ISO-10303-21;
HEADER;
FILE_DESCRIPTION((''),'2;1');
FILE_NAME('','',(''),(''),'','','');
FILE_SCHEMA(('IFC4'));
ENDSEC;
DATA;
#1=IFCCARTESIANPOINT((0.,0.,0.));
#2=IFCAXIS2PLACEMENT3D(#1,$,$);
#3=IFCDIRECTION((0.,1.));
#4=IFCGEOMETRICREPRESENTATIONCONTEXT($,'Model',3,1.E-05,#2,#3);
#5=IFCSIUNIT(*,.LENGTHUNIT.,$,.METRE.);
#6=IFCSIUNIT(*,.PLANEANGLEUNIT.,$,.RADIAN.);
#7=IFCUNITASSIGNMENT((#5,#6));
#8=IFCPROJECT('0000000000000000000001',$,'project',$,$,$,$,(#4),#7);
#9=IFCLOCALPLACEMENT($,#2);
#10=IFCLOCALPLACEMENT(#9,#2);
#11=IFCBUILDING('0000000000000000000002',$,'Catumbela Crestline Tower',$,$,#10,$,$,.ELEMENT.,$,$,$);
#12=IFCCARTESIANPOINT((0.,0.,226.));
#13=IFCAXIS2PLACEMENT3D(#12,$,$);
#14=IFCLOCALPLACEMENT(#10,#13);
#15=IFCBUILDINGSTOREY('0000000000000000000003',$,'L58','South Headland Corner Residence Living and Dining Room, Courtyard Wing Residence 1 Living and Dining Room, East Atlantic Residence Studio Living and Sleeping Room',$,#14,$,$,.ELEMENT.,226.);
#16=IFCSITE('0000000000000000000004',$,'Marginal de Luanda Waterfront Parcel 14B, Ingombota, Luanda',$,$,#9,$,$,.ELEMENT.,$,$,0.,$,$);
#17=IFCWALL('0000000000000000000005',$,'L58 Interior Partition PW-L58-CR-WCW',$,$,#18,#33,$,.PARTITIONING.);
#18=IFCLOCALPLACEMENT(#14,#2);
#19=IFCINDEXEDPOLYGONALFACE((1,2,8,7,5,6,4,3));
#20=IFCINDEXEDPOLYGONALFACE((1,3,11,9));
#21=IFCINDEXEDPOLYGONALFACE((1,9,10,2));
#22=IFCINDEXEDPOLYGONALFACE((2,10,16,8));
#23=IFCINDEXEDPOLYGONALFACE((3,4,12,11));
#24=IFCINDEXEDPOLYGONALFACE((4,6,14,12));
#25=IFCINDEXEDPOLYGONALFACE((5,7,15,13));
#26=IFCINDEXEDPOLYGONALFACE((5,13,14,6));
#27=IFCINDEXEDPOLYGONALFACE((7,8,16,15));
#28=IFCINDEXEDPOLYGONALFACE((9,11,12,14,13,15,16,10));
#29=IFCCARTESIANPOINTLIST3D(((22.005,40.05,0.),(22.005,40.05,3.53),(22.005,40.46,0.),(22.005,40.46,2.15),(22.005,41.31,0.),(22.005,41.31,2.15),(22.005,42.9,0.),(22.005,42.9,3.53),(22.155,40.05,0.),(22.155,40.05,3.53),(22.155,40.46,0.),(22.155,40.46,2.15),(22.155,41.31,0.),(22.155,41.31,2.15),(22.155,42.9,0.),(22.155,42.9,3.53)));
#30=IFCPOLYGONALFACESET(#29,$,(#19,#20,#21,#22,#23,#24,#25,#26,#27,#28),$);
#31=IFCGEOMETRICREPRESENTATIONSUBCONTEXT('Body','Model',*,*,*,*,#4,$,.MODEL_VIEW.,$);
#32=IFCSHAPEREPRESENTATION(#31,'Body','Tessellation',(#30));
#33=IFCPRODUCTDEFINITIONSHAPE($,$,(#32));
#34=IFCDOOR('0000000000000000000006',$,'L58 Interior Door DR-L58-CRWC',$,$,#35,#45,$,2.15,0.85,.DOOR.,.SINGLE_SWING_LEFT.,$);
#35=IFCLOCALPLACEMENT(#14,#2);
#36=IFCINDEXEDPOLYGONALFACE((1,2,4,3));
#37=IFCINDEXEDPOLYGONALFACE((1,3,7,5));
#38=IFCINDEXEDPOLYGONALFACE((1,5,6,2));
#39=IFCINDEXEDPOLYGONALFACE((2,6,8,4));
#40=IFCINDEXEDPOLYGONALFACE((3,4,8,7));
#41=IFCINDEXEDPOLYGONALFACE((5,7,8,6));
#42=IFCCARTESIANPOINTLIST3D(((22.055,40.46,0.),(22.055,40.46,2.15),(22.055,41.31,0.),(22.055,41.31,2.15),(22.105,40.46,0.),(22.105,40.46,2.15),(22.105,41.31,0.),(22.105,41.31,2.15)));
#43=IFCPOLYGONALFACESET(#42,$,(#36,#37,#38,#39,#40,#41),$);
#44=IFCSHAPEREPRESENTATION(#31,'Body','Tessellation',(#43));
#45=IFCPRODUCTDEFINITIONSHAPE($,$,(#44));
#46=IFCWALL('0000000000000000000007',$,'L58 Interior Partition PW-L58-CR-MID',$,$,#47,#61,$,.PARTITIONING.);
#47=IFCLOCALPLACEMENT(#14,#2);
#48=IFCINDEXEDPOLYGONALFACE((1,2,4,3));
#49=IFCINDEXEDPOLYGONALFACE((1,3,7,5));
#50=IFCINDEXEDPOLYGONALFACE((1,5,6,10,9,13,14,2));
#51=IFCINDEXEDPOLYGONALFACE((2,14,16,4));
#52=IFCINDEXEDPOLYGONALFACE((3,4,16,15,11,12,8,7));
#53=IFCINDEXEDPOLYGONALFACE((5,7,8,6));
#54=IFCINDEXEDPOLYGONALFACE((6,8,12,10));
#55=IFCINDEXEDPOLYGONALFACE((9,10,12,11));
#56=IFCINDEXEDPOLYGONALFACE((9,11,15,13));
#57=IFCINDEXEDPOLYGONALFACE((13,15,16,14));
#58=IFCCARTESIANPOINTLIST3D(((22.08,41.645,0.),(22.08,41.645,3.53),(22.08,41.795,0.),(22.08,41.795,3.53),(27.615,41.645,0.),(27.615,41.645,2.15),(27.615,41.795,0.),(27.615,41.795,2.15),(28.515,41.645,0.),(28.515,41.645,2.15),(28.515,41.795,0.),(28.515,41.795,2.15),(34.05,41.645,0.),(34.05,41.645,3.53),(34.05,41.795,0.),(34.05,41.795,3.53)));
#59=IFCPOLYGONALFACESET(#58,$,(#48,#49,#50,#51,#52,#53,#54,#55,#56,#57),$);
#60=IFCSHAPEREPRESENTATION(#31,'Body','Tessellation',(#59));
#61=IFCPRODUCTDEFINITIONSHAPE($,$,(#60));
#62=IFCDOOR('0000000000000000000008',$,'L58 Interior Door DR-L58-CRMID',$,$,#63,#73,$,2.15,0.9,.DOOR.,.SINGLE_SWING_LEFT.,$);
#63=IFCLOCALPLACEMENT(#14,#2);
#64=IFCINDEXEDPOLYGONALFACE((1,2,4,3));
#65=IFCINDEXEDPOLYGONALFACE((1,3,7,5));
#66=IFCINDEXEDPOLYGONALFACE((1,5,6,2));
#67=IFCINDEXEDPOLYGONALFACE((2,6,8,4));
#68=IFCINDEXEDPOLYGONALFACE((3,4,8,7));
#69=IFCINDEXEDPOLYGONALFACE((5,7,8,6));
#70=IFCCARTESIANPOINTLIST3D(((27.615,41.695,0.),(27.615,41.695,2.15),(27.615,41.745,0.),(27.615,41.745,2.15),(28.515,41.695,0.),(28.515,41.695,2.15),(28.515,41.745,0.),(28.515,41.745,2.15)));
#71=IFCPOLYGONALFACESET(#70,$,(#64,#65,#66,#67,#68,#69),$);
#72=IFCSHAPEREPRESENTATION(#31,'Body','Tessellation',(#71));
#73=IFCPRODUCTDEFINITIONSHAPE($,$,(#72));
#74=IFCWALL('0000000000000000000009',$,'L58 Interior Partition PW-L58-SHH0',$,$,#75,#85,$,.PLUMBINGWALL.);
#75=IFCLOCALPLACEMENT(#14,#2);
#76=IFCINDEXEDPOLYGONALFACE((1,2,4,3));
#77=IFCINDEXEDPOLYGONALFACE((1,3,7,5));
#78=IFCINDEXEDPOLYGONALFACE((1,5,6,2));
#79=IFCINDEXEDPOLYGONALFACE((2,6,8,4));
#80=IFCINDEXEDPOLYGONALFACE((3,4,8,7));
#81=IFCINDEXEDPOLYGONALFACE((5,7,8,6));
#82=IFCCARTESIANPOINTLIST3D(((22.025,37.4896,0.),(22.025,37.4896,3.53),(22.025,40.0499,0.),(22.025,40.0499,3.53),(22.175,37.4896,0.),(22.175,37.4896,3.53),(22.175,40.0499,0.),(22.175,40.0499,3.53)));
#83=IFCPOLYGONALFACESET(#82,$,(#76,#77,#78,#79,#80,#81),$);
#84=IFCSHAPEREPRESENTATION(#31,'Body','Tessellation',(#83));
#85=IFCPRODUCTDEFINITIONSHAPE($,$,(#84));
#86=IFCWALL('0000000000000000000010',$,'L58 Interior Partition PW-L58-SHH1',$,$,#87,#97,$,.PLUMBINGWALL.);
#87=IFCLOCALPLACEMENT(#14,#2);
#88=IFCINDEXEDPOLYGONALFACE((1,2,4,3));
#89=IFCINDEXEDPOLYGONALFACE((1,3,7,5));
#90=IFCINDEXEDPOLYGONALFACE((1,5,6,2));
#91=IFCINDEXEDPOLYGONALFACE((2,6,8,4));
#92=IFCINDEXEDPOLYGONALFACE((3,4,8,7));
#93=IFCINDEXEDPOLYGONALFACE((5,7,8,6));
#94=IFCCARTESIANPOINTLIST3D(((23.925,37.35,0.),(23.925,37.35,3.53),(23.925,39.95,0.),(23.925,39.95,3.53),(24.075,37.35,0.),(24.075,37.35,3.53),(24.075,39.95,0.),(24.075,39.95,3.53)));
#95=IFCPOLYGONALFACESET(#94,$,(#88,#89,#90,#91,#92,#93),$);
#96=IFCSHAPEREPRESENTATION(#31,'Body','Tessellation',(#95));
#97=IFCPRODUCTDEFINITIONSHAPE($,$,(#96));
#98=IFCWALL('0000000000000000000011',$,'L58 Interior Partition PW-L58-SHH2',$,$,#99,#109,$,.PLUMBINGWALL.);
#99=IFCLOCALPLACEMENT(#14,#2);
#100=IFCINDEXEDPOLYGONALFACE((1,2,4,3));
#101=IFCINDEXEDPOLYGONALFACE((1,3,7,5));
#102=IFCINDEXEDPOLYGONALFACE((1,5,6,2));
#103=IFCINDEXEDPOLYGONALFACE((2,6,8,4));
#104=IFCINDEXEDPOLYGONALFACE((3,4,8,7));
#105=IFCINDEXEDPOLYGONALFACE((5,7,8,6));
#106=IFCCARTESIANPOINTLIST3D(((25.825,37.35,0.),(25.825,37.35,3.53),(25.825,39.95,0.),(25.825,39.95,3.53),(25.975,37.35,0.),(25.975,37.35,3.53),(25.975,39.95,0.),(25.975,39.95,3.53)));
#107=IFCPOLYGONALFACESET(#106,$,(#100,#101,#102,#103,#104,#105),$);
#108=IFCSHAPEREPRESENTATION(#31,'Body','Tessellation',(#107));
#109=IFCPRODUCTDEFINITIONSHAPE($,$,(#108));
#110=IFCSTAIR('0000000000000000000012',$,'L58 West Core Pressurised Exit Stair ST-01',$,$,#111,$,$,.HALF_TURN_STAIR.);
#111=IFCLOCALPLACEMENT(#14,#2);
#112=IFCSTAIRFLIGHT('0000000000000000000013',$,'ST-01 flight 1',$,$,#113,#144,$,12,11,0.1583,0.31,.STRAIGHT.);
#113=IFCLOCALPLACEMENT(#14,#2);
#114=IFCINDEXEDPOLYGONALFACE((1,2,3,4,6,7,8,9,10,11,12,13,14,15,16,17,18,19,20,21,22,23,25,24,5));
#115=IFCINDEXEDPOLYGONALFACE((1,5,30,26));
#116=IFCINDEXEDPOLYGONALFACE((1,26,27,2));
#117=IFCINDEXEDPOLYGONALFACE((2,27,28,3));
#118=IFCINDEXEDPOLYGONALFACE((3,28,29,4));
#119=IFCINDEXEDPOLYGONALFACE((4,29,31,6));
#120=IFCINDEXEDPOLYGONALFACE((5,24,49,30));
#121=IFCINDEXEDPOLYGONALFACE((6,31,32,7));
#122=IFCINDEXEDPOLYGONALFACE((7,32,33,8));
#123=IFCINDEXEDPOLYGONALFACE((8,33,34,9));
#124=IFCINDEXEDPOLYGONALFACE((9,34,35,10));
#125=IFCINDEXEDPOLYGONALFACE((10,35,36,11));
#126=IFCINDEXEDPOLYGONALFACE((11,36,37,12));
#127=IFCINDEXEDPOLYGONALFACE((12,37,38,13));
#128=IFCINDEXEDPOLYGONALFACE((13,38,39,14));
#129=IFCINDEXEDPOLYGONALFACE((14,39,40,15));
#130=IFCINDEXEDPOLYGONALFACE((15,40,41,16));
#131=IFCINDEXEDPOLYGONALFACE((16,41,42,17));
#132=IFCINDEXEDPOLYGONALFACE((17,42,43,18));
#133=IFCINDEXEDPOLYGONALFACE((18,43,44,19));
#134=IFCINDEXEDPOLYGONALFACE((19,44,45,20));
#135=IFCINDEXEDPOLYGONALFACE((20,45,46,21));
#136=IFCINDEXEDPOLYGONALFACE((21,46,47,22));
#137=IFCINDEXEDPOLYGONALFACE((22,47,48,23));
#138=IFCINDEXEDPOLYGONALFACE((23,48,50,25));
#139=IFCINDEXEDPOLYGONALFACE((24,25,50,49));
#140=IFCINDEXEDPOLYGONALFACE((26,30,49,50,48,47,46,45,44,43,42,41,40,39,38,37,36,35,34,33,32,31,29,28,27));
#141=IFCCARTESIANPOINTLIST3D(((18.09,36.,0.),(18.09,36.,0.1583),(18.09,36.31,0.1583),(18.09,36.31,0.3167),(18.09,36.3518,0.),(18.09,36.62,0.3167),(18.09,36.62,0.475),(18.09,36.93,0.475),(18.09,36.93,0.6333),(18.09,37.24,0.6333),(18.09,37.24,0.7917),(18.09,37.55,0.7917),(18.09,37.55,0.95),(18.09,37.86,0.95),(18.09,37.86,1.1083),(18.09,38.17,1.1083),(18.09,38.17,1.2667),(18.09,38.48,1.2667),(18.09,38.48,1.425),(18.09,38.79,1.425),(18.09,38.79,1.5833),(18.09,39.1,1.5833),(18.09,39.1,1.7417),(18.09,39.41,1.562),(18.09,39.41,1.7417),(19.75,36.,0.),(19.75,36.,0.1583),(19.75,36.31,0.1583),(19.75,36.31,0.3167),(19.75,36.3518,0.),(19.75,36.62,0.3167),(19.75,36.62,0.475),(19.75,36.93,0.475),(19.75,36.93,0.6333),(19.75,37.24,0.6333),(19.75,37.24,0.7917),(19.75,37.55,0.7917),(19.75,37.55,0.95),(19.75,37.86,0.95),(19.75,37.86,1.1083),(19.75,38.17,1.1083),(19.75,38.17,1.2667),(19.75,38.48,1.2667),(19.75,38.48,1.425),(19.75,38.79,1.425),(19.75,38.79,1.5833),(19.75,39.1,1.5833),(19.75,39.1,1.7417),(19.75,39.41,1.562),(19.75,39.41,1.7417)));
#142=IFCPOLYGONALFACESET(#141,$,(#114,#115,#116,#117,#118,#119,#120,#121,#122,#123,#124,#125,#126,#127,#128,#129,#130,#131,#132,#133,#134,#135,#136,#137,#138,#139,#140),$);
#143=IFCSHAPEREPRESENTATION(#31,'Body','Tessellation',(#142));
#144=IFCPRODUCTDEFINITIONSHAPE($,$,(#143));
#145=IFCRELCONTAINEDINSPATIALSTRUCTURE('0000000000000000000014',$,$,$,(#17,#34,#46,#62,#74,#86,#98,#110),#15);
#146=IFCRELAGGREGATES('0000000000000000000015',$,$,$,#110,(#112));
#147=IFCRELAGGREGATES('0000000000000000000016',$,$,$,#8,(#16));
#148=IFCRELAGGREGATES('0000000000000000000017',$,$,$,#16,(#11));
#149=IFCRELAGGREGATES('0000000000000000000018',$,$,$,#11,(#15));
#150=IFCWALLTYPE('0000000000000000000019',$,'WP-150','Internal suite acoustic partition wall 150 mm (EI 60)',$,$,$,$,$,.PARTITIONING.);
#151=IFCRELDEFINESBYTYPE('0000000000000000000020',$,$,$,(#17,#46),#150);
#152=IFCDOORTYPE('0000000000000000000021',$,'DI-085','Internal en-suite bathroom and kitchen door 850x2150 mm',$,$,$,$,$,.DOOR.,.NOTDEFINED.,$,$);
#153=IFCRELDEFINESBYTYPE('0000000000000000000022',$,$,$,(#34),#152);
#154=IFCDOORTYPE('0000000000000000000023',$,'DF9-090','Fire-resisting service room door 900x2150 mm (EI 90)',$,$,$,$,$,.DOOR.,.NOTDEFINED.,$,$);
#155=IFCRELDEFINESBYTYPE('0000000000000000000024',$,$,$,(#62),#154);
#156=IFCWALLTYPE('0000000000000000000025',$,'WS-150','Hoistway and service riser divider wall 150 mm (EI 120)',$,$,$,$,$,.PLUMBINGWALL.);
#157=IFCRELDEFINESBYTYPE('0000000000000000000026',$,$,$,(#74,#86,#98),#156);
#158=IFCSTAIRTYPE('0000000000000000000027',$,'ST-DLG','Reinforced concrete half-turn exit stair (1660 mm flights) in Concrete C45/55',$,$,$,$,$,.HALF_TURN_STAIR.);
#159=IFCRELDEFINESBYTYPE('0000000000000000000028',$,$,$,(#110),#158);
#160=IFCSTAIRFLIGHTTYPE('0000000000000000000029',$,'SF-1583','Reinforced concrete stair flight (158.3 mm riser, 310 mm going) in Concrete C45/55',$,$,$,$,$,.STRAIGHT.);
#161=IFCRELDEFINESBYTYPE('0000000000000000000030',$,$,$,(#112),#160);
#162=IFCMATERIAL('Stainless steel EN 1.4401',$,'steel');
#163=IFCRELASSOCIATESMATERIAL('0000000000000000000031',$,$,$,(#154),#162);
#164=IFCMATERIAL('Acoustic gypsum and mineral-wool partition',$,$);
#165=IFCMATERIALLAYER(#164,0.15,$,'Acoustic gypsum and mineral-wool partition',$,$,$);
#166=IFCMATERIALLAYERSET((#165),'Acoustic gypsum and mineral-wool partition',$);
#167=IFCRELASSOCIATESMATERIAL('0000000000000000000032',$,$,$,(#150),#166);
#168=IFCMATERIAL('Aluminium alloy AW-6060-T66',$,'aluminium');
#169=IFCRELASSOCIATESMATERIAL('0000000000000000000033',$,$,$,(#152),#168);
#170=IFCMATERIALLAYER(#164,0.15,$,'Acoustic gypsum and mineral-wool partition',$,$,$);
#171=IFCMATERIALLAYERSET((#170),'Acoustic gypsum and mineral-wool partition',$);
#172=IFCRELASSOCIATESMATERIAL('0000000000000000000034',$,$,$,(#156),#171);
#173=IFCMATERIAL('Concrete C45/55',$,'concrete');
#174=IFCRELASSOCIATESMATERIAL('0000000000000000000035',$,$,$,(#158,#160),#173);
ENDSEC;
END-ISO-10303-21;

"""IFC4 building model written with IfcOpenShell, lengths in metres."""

from ifc_helpers import new_model, si_unit, direction, frame, frame_2d, origin, place, context, subcontext, project, spatial, polyline, rectangle, outline, extrude, material, layer, layer_set, type_object, element, fill, aggregate, save


model = new_model("IFC4")

# Units and contexts
model_context = context("Model", 3, precision=1e-05, world=origin(), true_north=direction((0.0, 1.0)))
body_context = subcontext(model_context, "Body", "Model", "MODEL_VIEW")
ifc_project = project(units=[si_unit("LENGTHUNIT", "METRE"), si_unit("PLANEANGLEUNIT", "RADIAN")], contexts=[model_context])

# Site, building, storey
site_placement = place(None, origin())
site = spatial("IfcSite", under=ifc_project, at=site_placement, Name="Marginal de Luanda Waterfront Parcel 14B, Ingombota, Luanda", CompositionType="ELEMENT", RefElevation=0.0)
building_placement = place(site_placement, origin())
building = spatial("IfcBuilding", under=site, at=building_placement, Name="Catumbela Crestline Tower", CompositionType="ELEMENT")
storey_placement = place(building_placement, frame((0.0, 0.0, 226.0)))
storey = spatial("IfcBuildingStorey", under=building, at=storey_placement, Name="L58", Description="South Headland Corner Residence Living and Dining Room, Courtyard Wing Residence 1 Living and Dining Room, East Atlantic Residence Studio Living and Sleeping Room", CompositionType="ELEMENT", Elevation=226.0)

# Shared definitions
ifc_material_1 = material(Name="Stainless steel EN 1.4401", Category="steel")

# Shared definitions
door_type_1 = type_object("IfcDoorType", Name="DF9-090", Description="Fire-resisting service room door 900x2150 mm (EI 90)", OperationType="NOTDEFINED", PredefinedType="DOOR", material=ifc_material_1)

# Walls, openings, doors
ifc_material_2 = material(Name="Acoustic gypsum and mineral-wool partition")
ifc_layer_1 = layer(ifc_material_2, 0.15, Name="Acoustic gypsum and mineral-wool partition")
ifc_layer_set_1 = layer_set([ifc_layer_1], Name="Acoustic gypsum and mineral-wool partition")
wall_type_1 = type_object("IfcWallType", Name="WP-150", Description="Internal suite acoustic partition wall 150 mm (EI 60)", PredefinedType="PARTITIONING", material=ifc_layer_set_1)
wall_1_placement = place(storey_placement, frame((22.08, 40.05, 0.0), z_axis=(0.0, 0.0, 1.0), x_axis=(0.0, 1.0, 0.0)))
wall_1 = element("IfcWall", 1, at=wall_1_placement, inside=storey, type_object=wall_type_1, Name="L58 Interior Partition PW-L58-CR-WCW", PredefinedType="PARTITIONING", context=body_context, shape_type="SweptSolid", body=[
    extrude(rectangle(XDim=2.85, YDim=0.15, at=frame_2d((1.425, 0.0))), origin(), (0.0, 0.0, 1.0), 3.53),
])
opening_1_placement = place(wall_1_placement, frame((0.41, 0.0, 0.0)))
opening_1 = element("IfcOpeningElement", 2, at=opening_1_placement, cuts=wall_1, PredefinedType="OPENING", context=body_context, shape_type="SweptSolid", body=[
    extrude(rectangle(XDim=0.85, YDim=2.15, at=frame_2d((0.425, 1.075))), frame((0.0, 0.085, 0.0), z_axis=(0.0, -1.0, 0.0), x_axis=(1.0, 0.0, 0.0)), (0.0, 0.0, 1.0), 0.17),
])
ifc_material_3 = material(Name="Aluminium alloy AW-6060-T66", Category="aluminium")
door_type_2 = type_object("IfcDoorType", Name="DI-085", Description="Internal en-suite bathroom and kitchen door 850x2150 mm", OperationType="NOTDEFINED", PredefinedType="DOOR", material=ifc_material_3)
door_1_placement = place(opening_1_placement, origin())
door_1 = element("IfcDoor", 3, at=door_1_placement, inside=storey, type_object=door_type_2, Name="L58 Interior Door DR-L58-CRWC", OperationType="SINGLE_SWING_LEFT", OverallHeight=2.15, OverallWidth=0.85, PredefinedType="DOOR", context=body_context, shape_type="SweptSolid", body=[
    extrude(rectangle(XDim=0.85, YDim=2.15, at=frame_2d((0.425, 1.075))), frame((0.0, 0.025, 0.0), z_axis=(0.0, -1.0, 0.0), x_axis=(1.0, 0.0, 0.0)), (0.0, 0.0, 1.0), 0.05),
])
fill(opening_1, door_1)
wall_2_placement = place(storey_placement, frame((22.08, 41.72, 0.0), z_axis=(0.0, 0.0, 1.0), x_axis=(1.0, 0.0, 0.0)))
wall_2 = element("IfcWall", 4, at=wall_2_placement, inside=storey, type_object=wall_type_1, Name="L58 Interior Partition PW-L58-CR-MID", PredefinedType="PARTITIONING", context=body_context, shape_type="SweptSolid", body=[
    extrude(rectangle(XDim=11.97, YDim=0.15, at=frame_2d((5.985, 0.0))), origin(), (0.0, 0.0, 1.0), 3.53),
])
opening_2_placement = place(wall_2_placement, frame((5.535, 0.0, 0.0)))
opening_2 = element("IfcOpeningElement", 5, at=opening_2_placement, cuts=wall_2, PredefinedType="OPENING", context=body_context, shape_type="SweptSolid", body=[
    extrude(rectangle(XDim=0.9, YDim=2.15, at=frame_2d((0.45, 1.075))), frame((0.0, 0.085, 0.0), z_axis=(0.0, -1.0, 0.0), x_axis=(1.0, 0.0, 0.0)), (0.0, 0.0, 1.0), 0.17),
])
door_2_placement = place(opening_2_placement, origin())
door_2 = element("IfcDoor", 6, at=door_2_placement, inside=storey, type_object=door_type_1, Name="L58 Interior Door DR-L58-CRMID", OperationType="SINGLE_SWING_LEFT", OverallHeight=2.15, OverallWidth=0.9, PredefinedType="DOOR", context=body_context, shape_type="SweptSolid", body=[
    extrude(rectangle(XDim=0.9, YDim=2.15, at=frame_2d((0.45, 1.075))), frame((0.0, 0.025, 0.0), z_axis=(0.0, -1.0, 0.0), x_axis=(1.0, 0.0, 0.0)), (0.0, 0.0, 1.0), 0.05),
])
fill(opening_2, door_2)

# Walls
ifc_layer_2 = layer(ifc_material_2, 0.15, Name="Acoustic gypsum and mineral-wool partition")
ifc_layer_set_2 = layer_set([ifc_layer_2], Name="Acoustic gypsum and mineral-wool partition")
wall_type_2 = type_object("IfcWallType", Name="WS-150", Description="Hoistway and service riser divider wall 150 mm (EI 120)", PredefinedType="PLUMBINGWALL", material=ifc_layer_set_2)
wall_3_placement = place(storey_placement, frame((22.1, 37.4897, 0.0), z_axis=(0.0, 0.0, 1.0), x_axis=(0.0, 1.0, 0.0)))
element("IfcWall", 7, at=wall_3_placement, inside=storey, type_object=wall_type_2, Name="L58 Interior Partition PW-L58-SHH0", PredefinedType="PLUMBINGWALL", context=body_context, shape_type="SweptSolid", body=[
    extrude(rectangle(XDim=2.5603, YDim=0.15, at=frame_2d((1.2801, 0.0))), origin(), (0.0, 0.0, 1.0), 3.53),
])
for number, where, z_axis, x_axis, name in (
    (8, (24.0, 37.35, 0.0), (0.0, 0.0, 1.0), (0.0, 1.0, 0.0), "L58 Interior Partition PW-L58-SHH1"),
    (9, (25.9, 37.35, 0.0), (0.0, 0.0, 1.0), (0.0, 1.0, 0.0), "L58 Interior Partition PW-L58-SHH2"),
):
    element("IfcWall", number, at=place(storey_placement, frame(where, z_axis=z_axis, x_axis=x_axis)), inside=storey, type_object=wall_type_2, Name=name, PredefinedType="PLUMBINGWALL", context=body_context, shape_type="SweptSolid", body=[
        extrude(rectangle(XDim=2.6, YDim=0.15, at=frame_2d((1.3, 0.0))), origin(), (0.0, 0.0, 1.0), 3.53),
    ])

# Stair, stair flight
ifc_material_4 = material(Name="Concrete C45/55", Category="concrete")
stair_type = type_object("IfcStairType", Name="ST-DLG", Description="Reinforced concrete half-turn exit stair (1660 mm flights) in Concrete C45/55", PredefinedType="HALF_TURN_STAIR", material=ifc_material_4)
stair_placement = place(storey_placement, origin())
stair = element("IfcStair", 10, at=stair_placement, inside=storey, type_object=stair_type, Name="L58 West Core Pressurised Exit Stair ST-01", PredefinedType="HALF_TURN_STAIR")
stair_flight_type = type_object("IfcStairFlightType", Name="SF-1583", Description="Reinforced concrete stair flight (158.3 mm riser, 310 mm going) in Concrete C45/55", PredefinedType="STRAIGHT", material=ifc_material_4)
stair_flight_placement = place(storey_placement, frame((18.92, 36.0, 0.0), z_axis=(0.0, 0.0, 1.0), x_axis=(0.0, 1.0, 0.0)))
stair_flight = element("IfcStairFlight", 11, at=stair_flight_placement, type_object=stair_flight_type, Name="ST-01 flight 1", NumberOfRisers=12, NumberOfTreads=11, PredefinedType="STRAIGHT", RiserHeight=0.1583, TreadLength=0.31, context=body_context, shape_type="SweptSolid", body=[
    extrude(outline(polyline([(0.0, 0.0), (0.0, 0.1583), (0.31, 0.1583), (0.31, 0.3167), (0.62, 0.3167), (0.62, 0.475), (0.93, 0.475), (0.93, 0.6333), (1.24, 0.6333), (1.24, 0.7917), (1.55, 0.7917), (1.55, 0.95), (1.86, 0.95), (1.86, 1.1083), (2.17, 1.1083), (2.17, 1.2667), (2.48, 1.2667), (2.48, 1.425), (2.79, 1.425), (2.79, 1.5833), (3.1, 1.5833), (3.1, 1.7417), (3.41, 1.7417), (3.41, 1.9), (3.41, 1.562), (0.3518, 0.0), (0.0, 0.0)])), frame((0.0, 0.83, 0.0), z_axis=(0.0, -1.0, 0.0), x_axis=(1.0, 0.0, 0.0)), (0.0, 0.0, 1.0), 1.66),
])
aggregate(stair, [stair_flight])

save(model, "model.ifc")
